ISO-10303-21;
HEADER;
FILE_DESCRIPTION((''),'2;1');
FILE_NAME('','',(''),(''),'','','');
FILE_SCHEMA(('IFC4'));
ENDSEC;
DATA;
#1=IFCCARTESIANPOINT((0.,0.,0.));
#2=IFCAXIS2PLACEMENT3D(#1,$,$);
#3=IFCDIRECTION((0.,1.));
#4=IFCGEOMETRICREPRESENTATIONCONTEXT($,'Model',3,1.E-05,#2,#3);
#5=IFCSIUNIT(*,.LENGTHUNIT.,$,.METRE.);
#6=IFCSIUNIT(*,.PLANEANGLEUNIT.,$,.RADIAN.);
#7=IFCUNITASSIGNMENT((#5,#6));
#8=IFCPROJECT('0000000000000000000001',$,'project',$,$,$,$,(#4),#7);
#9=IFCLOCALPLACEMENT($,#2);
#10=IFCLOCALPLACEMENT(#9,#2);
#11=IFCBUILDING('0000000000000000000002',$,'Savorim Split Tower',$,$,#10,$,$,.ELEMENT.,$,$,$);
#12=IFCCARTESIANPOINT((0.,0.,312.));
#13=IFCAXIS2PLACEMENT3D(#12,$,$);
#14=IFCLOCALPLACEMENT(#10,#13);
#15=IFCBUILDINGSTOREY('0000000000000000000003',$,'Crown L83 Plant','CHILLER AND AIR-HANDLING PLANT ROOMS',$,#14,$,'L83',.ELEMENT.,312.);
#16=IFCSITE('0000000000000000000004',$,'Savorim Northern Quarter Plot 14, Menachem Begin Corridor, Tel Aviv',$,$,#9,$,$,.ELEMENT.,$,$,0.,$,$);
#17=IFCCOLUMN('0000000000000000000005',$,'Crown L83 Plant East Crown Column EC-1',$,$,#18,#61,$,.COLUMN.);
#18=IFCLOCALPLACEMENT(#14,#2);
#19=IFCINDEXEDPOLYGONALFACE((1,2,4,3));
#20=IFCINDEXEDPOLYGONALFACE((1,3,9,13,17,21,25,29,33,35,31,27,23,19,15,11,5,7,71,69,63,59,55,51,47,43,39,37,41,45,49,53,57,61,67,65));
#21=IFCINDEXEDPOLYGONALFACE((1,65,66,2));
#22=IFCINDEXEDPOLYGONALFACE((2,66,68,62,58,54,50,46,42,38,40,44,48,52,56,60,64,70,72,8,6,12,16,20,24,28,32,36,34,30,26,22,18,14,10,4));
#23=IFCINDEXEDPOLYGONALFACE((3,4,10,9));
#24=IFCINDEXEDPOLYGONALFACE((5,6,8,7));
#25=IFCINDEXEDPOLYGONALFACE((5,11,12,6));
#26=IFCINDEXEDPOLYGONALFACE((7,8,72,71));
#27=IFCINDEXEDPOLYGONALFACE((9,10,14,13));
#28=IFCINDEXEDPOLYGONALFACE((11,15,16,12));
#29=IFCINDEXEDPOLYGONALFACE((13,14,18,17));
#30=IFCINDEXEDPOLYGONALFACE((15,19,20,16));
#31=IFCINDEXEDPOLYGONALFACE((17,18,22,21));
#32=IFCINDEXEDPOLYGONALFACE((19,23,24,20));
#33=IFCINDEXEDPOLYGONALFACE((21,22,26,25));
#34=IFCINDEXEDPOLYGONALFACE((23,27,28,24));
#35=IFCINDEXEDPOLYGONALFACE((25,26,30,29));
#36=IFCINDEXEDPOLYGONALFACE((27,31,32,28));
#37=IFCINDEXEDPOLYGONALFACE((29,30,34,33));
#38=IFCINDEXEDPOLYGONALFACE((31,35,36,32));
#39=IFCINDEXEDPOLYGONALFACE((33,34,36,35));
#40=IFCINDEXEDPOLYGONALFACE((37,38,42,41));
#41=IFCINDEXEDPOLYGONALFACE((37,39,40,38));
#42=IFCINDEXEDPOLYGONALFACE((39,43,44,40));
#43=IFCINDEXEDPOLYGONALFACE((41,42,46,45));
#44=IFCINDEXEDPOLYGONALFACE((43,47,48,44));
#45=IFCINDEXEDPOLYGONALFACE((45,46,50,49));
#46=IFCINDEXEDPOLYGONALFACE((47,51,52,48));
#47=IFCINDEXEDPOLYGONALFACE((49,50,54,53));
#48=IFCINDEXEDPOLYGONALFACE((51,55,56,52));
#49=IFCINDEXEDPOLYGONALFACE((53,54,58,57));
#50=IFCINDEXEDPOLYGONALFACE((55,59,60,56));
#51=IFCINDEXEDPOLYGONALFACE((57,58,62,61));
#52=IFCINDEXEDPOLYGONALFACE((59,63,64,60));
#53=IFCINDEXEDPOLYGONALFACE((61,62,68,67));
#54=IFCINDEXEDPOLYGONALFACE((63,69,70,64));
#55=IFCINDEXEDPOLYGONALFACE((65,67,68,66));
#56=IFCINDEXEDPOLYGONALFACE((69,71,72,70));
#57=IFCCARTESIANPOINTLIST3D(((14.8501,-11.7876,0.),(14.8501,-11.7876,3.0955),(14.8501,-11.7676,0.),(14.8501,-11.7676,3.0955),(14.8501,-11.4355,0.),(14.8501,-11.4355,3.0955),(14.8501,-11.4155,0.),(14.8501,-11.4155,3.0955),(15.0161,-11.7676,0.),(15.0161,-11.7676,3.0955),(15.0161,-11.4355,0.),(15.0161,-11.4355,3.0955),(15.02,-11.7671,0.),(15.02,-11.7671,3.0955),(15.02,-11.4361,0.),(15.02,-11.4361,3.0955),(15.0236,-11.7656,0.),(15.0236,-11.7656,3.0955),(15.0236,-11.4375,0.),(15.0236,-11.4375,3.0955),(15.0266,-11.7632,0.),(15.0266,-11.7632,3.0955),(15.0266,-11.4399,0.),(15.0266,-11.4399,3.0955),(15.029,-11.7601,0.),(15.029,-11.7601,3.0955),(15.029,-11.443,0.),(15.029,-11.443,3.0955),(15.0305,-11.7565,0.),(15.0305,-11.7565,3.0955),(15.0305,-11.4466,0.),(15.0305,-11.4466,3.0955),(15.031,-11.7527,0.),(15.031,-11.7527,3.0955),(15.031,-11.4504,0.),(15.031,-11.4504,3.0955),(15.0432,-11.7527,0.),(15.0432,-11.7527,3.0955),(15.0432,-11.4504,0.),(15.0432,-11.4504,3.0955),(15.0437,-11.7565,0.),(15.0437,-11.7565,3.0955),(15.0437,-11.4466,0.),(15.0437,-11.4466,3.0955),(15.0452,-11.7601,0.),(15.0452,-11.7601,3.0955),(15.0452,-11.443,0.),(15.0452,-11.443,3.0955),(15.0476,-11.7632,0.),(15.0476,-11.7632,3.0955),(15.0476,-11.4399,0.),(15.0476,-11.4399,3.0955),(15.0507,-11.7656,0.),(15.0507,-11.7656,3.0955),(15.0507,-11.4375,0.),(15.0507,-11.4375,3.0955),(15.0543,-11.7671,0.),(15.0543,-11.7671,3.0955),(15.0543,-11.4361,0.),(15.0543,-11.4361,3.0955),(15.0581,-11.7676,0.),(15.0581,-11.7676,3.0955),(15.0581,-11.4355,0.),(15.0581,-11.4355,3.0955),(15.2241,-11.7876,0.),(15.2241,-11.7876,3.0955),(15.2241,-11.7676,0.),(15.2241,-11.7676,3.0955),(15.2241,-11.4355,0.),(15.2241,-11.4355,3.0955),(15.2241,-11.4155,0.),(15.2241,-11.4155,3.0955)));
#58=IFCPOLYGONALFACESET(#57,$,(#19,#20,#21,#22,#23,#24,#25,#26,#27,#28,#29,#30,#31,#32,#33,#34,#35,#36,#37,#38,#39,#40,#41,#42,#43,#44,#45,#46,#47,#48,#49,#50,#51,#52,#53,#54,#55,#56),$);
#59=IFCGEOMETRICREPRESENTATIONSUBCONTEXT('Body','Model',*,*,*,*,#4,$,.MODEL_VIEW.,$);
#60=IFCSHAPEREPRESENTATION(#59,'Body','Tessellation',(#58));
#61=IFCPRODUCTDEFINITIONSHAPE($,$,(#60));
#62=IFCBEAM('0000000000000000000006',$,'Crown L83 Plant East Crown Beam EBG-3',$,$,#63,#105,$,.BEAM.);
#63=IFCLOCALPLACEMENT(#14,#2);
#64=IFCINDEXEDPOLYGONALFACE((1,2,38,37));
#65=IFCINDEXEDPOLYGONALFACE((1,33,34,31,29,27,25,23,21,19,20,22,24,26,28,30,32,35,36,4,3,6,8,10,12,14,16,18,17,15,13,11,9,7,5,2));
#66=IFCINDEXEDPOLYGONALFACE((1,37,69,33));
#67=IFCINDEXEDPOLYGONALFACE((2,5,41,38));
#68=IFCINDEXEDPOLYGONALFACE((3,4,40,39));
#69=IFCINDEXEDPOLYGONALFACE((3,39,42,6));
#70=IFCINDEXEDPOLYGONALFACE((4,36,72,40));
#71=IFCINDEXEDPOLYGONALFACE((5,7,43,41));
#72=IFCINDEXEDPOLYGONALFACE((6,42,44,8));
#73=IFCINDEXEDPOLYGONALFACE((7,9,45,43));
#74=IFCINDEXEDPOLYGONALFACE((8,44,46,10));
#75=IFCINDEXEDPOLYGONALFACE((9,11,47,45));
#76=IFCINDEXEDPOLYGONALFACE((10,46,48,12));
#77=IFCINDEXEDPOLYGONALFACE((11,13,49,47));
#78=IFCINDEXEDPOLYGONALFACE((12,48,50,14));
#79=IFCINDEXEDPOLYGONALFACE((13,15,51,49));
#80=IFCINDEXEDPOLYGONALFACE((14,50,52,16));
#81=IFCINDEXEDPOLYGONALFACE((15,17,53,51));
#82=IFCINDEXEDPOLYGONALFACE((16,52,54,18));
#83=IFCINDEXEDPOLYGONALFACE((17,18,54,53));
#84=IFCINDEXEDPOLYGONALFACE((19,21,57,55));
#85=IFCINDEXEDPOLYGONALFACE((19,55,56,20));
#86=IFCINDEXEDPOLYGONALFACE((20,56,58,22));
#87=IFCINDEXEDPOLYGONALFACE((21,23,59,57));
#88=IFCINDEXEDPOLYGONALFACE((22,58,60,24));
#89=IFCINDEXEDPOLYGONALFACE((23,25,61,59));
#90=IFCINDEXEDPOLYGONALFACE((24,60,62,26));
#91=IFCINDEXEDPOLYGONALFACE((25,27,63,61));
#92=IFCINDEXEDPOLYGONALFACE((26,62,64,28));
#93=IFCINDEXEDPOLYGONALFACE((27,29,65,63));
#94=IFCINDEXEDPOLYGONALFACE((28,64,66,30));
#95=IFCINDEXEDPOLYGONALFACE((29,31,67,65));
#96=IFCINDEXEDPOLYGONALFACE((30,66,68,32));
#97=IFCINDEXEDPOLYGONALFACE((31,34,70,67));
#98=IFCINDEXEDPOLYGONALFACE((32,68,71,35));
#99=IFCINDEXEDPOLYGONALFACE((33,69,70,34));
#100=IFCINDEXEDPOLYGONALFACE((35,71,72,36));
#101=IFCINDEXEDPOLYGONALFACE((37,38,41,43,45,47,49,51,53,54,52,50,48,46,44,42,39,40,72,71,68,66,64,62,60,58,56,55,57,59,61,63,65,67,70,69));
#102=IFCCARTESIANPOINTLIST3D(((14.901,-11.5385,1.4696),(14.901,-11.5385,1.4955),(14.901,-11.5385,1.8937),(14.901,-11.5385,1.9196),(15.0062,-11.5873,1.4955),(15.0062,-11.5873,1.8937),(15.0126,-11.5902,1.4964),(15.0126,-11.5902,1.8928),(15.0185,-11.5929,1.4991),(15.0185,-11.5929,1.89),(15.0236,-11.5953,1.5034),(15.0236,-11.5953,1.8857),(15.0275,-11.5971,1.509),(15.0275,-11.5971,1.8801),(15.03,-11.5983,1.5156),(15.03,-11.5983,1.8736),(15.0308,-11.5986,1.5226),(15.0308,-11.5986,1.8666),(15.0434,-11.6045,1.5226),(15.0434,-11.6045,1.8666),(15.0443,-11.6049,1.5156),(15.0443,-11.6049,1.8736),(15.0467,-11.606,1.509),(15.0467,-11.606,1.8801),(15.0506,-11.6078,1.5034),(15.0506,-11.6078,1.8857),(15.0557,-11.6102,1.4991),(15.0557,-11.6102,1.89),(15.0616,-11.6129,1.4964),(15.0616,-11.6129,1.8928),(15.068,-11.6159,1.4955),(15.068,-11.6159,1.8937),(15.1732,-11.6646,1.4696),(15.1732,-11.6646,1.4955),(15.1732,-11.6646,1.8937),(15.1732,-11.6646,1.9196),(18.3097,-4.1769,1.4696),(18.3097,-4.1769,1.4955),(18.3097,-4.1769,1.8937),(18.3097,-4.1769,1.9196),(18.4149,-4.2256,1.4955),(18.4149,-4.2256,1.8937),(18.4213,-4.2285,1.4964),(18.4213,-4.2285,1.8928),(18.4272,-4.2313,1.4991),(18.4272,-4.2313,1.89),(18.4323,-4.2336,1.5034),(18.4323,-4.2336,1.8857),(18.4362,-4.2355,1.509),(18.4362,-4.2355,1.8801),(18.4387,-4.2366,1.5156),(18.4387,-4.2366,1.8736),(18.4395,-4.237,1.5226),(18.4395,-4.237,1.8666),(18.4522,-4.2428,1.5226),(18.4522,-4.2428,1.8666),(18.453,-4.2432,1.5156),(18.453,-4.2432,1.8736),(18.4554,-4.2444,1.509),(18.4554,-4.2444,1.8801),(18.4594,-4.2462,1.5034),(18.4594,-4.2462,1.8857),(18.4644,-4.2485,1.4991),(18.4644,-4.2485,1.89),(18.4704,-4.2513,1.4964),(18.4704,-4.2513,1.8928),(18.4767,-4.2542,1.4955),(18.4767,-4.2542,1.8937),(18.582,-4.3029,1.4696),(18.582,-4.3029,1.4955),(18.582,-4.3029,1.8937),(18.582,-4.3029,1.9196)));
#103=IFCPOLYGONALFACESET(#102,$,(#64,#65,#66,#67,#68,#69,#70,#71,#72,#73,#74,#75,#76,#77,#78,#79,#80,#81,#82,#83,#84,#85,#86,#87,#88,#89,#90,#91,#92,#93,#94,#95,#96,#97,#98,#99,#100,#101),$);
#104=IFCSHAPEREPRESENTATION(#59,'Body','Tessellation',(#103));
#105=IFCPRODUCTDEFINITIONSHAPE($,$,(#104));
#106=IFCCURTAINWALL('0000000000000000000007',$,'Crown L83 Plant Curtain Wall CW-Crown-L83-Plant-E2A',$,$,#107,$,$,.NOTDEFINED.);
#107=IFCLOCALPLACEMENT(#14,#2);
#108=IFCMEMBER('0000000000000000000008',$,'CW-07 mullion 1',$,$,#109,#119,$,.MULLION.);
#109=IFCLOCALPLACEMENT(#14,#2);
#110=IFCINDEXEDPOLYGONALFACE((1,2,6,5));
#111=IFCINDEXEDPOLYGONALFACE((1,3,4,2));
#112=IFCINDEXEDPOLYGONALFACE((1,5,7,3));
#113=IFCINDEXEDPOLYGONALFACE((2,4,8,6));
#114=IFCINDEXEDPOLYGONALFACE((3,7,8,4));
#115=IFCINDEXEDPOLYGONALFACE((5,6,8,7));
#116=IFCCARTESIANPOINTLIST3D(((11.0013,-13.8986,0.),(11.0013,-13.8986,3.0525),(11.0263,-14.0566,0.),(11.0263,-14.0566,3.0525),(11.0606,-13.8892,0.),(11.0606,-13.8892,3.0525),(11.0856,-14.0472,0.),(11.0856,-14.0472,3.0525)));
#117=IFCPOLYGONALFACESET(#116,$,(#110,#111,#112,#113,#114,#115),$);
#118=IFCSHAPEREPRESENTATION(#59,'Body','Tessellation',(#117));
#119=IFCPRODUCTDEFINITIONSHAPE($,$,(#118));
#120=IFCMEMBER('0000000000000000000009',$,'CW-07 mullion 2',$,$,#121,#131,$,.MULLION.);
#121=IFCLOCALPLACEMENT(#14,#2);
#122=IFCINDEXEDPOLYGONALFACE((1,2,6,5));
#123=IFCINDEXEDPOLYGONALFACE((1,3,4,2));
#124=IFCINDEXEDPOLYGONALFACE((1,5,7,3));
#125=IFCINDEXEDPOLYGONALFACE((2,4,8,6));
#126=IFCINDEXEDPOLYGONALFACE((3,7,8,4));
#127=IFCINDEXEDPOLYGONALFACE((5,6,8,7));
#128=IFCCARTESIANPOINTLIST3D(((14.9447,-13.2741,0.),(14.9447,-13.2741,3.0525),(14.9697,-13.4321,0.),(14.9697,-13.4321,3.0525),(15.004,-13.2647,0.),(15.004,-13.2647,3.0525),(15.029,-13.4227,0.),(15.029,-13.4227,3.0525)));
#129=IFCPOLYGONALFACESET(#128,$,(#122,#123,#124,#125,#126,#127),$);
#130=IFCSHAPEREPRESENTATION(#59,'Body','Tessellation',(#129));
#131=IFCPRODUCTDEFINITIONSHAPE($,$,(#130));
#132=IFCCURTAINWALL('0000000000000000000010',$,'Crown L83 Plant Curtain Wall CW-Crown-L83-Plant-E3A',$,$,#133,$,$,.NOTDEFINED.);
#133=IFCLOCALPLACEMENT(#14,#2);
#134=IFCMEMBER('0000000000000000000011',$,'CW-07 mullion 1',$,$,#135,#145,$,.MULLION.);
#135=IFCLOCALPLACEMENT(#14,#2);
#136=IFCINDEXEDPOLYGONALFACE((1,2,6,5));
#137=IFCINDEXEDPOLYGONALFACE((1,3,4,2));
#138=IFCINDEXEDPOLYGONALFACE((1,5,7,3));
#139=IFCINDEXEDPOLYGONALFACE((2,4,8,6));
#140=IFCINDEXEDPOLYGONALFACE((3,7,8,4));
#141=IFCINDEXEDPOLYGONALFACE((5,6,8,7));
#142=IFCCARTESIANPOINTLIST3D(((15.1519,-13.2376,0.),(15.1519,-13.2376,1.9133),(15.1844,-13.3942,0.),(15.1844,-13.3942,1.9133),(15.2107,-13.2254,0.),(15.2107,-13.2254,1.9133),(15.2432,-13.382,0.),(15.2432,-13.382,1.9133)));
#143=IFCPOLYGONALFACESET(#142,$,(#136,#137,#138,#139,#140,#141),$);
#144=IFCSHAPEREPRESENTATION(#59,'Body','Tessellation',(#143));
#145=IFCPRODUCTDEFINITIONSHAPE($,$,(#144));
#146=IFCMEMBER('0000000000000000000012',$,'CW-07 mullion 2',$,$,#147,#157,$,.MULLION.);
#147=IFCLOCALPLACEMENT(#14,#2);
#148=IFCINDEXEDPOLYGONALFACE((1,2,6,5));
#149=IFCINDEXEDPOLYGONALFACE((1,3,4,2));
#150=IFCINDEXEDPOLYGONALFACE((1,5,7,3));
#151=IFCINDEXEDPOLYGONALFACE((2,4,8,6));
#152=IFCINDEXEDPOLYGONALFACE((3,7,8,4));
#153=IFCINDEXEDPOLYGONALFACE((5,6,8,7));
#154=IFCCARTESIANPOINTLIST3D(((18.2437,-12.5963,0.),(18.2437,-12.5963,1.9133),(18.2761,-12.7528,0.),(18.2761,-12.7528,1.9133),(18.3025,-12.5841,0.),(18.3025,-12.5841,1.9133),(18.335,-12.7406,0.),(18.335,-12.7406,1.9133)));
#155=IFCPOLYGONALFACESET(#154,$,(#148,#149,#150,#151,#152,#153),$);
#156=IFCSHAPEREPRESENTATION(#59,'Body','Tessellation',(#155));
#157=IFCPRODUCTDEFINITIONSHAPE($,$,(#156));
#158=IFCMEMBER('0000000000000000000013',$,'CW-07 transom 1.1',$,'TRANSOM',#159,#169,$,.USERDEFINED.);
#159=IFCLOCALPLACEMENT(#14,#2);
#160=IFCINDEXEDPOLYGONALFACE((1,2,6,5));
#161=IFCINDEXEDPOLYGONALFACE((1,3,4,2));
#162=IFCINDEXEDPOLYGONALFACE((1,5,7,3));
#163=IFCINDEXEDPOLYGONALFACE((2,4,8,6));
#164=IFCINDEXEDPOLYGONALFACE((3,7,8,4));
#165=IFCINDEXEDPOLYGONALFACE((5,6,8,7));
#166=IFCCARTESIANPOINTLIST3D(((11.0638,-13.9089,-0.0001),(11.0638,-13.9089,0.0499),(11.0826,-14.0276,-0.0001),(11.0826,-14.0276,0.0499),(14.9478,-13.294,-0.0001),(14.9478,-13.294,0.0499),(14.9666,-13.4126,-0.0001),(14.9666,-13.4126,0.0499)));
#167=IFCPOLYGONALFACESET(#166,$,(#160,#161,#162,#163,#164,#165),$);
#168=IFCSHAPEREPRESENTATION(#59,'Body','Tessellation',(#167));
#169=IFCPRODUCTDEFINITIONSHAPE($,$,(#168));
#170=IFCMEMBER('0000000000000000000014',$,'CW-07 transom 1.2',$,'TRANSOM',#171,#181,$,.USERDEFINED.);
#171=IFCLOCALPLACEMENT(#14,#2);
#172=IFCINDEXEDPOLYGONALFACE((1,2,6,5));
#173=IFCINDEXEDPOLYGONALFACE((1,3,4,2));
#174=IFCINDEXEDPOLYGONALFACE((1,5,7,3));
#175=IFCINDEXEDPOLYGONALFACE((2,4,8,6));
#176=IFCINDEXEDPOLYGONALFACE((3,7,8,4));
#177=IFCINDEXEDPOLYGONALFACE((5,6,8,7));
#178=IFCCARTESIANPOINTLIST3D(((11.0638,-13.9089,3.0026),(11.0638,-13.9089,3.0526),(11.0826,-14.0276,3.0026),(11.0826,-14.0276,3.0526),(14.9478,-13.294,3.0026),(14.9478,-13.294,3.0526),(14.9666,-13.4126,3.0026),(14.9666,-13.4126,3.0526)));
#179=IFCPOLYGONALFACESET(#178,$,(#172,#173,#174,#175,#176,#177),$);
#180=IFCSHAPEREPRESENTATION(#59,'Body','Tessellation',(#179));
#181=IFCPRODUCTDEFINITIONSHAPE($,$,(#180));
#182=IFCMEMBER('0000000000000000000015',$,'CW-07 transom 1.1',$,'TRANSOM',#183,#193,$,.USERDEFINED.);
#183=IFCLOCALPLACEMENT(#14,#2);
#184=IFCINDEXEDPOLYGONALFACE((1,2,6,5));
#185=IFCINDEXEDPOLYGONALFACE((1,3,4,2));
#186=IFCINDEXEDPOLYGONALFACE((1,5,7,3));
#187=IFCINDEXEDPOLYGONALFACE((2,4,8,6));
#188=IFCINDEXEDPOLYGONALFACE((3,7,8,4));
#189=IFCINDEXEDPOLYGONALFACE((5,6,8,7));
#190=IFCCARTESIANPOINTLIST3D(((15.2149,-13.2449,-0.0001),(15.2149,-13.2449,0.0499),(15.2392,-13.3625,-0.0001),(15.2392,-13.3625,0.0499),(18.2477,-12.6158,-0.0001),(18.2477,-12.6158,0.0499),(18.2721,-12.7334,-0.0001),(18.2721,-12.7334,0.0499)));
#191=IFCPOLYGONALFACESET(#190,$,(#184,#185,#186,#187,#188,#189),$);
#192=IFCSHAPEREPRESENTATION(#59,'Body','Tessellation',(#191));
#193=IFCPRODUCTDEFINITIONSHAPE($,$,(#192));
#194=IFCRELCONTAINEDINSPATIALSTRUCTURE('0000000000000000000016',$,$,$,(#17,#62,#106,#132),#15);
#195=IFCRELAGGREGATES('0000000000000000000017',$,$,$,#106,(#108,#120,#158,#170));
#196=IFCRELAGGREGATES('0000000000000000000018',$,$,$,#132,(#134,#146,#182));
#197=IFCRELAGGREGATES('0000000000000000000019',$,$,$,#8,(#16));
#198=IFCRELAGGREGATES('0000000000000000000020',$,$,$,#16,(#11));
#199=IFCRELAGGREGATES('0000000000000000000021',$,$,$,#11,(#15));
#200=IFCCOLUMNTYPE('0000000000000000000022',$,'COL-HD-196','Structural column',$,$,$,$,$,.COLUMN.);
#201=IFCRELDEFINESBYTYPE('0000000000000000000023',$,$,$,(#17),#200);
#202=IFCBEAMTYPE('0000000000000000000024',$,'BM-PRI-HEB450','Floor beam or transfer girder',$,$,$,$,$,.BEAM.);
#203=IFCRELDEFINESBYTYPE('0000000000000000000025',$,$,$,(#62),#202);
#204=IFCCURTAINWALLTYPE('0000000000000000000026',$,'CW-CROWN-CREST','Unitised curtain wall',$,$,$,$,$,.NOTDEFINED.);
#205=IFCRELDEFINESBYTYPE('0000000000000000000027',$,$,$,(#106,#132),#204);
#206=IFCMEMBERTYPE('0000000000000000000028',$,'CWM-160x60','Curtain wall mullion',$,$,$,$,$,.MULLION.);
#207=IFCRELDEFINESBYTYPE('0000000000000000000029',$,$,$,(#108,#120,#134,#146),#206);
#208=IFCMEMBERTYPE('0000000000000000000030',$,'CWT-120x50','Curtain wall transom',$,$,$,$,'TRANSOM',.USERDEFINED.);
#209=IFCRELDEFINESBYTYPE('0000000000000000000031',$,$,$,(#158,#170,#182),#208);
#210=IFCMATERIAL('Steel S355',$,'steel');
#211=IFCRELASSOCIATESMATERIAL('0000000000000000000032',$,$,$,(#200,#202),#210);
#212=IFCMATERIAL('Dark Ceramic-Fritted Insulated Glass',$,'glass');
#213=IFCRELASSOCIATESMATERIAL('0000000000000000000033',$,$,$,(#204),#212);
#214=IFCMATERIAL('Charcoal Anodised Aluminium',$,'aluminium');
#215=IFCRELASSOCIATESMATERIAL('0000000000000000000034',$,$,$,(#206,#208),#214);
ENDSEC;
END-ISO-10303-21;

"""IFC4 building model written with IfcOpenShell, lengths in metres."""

from ifc_helpers import new_model, si_unit, direction, frame, origin, origin_2d, place, context, subcontext, project, spatial, rectangle, i_section, extrude, material, material_profile, profile_set, type_object, element, aggregate, save


model = new_model("IFC4")

# Units and contexts
model_context = context("Model", 3, precision=1e-05, world=origin(), true_north=direction((0.0, 1.0)))
body_context = subcontext(model_context, "Body", "Model", "MODEL_VIEW")
ifc_project = project(units=[si_unit("LENGTHUNIT", "METRE"), si_unit("PLANEANGLEUNIT", "RADIAN")], contexts=[model_context])

# Site, building, storey
site_placement = place(None, origin())
site = spatial("IfcSite", under=ifc_project, at=site_placement, Name="Savorim Northern Quarter Plot 14, Menachem Begin Corridor, Tel Aviv", CompositionType="ELEMENT", RefElevation=0.0)
building_placement = place(site_placement, origin())
building = spatial("IfcBuilding", under=site, at=building_placement, Name="Savorim Split Tower", CompositionType="ELEMENT")
storey_placement = place(building_placement, frame((0.0, 0.0, 312.0)))
storey = spatial("IfcBuildingStorey", under=building, at=storey_placement, Name="Crown L83 Plant", Description="CHILLER AND AIR-HANDLING PLANT ROOMS", LongName="L83", CompositionType="ELEMENT", Elevation=312.0)

# Column
ifc_material_1 = material(Name="Steel S355", Category="steel")
ifc_material_profile_1 = material_profile(ifc_material_1, i_section(OverallWidth=0.374, OverallDepth=0.3721, WebThickness=0.0122, FlangeThickness=0.02, FilletRadius=0.0149, at=origin_2d()), Name="HD 360x196")
ifc_profile_set_1 = profile_set([ifc_material_profile_1], Name="Steel S355")
column_type = type_object("IfcColumnType", Name="COL-HD-196", Description="Structural column", PredefinedType="COLUMN", material=ifc_profile_set_1)
column_placement = place(storey_placement, frame((15.0371, -11.6016, 0.0), z_axis=(0.0, 0.0, 1.0), x_axis=(1.0, 0.0, 0.0)))
element("IfcColumn", 1, at=column_placement, inside=storey, type_object=column_type, Name="Crown L83 Plant East Crown Column EC-1", PredefinedType="COLUMN", context=body_context, shape_type="SweptSolid", body=[
    extrude(i_section(OverallWidth=0.374, OverallDepth=0.3721, WebThickness=0.0122, FlangeThickness=0.02, FilletRadius=0.0149, at=origin_2d()), origin(), (0.0, 0.0, 1.0), 3.0955),
])

# Beam
ifc_material_profile_2 = material_profile(ifc_material_1, i_section(OverallWidth=0.3, OverallDepth=0.45, WebThickness=0.0139, FlangeThickness=0.0259, FilletRadius=0.0271, at=origin_2d()), Name="HEB 450")
ifc_profile_set_2 = profile_set([ifc_material_profile_2], Name="Steel S355")
beam_type = type_object("IfcBeamType", Name="BM-PRI-HEB450", Description="Floor beam or transfer girder", PredefinedType="BEAM", material=ifc_profile_set_2)
beam_placement = place(storey_placement, frame((15.0371, -11.6016, 1.6946), z_axis=(0.42018, 0.907441, 0.0), x_axis=(-0.907441, 0.42018, 0.0)))
element("IfcBeam", 2, at=beam_placement, inside=storey, type_object=beam_type, Name="Crown L83 Plant East Crown Beam EBG-3", PredefinedType="BEAM", context=body_context, shape_type="SweptSolid", body=[
    extrude(i_section(OverallWidth=0.3, OverallDepth=0.45, WebThickness=0.0139, FlangeThickness=0.0259, FilletRadius=0.0271, at=origin_2d()), origin(), (0.0, 0.0, 1.0), 8.1125),
])

# Curtain walls, members
ifc_material_2 = material(Name="Dark Ceramic-Fritted Insulated Glass", Category="glass")
curtain_wall_type = type_object("IfcCurtainWallType", Name="CW-CROWN-CREST", Description="Unitised curtain wall", PredefinedType="NOTDEFINED", material=ifc_material_2)
curtain_wall_1_placement = place(storey_placement, origin())
curtain_wall_1 = element("IfcCurtainWall", 3, at=curtain_wall_1_placement, inside=storey, type_object=curtain_wall_type, Name="Crown L83 Plant Curtain Wall CW-Crown-L83-Plant-E2A", PredefinedType="NOTDEFINED")
ifc_material_3 = material(Name="Charcoal Anodised Aluminium", Category="aluminium")
ifc_material_profile_3 = material_profile(ifc_material_3, rectangle(XDim=0.1599, YDim=0.0601, at=origin_2d()), Name="ALU-M 160x60")
ifc_profile_set_3 = profile_set([ifc_material_profile_3], Name="Charcoal Anodised Aluminium")
member_type_1 = type_object("IfcMemberType", Name="CWM-160x60", Description="Curtain wall mullion", PredefinedType="MULLION", material=ifc_profile_set_3)
member_1_placement = place(storey_placement, frame((11.0435, -13.9729, 0.0), z_axis=(0.0, 0.0, 1.0), x_axis=(-0.156398, 0.987694, 0.0)))
member_1 = element("IfcMember", 4, at=member_1_placement, type_object=member_type_1, Name="CW-07 mullion 1", PredefinedType="MULLION", context=body_context, shape_type="SweptSolid", body=[
    extrude(rectangle(XDim=0.1599, YDim=0.0601, at=origin_2d()), origin(), (0.0, 0.0, 1.0), 3.0525),
])
member_2_placement = place(storey_placement, frame((14.9868, -13.3484, 0.0), z_axis=(0.0, 0.0, 1.0), x_axis=(-0.156398, 0.987694, 0.0)))
member_2 = element("IfcMember", 5, at=member_2_placement, type_object=member_type_1, Name="CW-07 mullion 2", PredefinedType="MULLION", context=body_context, shape_type="SweptSolid", body=[
    extrude(rectangle(XDim=0.1599, YDim=0.0601, at=origin_2d()), origin(), (0.0, 0.0, 1.0), 3.0525),
])
curtain_wall_2_placement = place(storey_placement, origin())
curtain_wall_2 = element("IfcCurtainWall", 6, at=curtain_wall_2_placement, inside=storey, type_object=curtain_wall_type, Name="Crown L83 Plant Curtain Wall CW-Crown-L83-Plant-E3A", PredefinedType="NOTDEFINED")
member_3_placement = place(storey_placement, frame((15.1975, -13.3098, 0.0), z_axis=(0.0, 0.0, 1.0), x_axis=(-0.203164, 0.979145, 0.0)))
member_3 = element("IfcMember", 7, at=member_3_placement, type_object=member_type_1, Name="CW-07 mullion 1", PredefinedType="MULLION", context=body_context, shape_type="SweptSolid", body=[
    extrude(rectangle(XDim=0.1599, YDim=0.0601, at=origin_2d()), origin(), (0.0, 0.0, 1.0), 1.9133),
])
member_4_placement = place(storey_placement, frame((18.2893, -12.6685, 0.0), z_axis=(0.0, 0.0, 1.0), x_axis=(-0.203164, 0.979145, 0.0)))
member_4 = element("IfcMember", 8, at=member_4_placement, type_object=member_type_1, Name="CW-07 mullion 2", PredefinedType="MULLION", context=body_context, shape_type="SweptSolid", body=[
    extrude(rectangle(XDim=0.1599, YDim=0.0601, at=origin_2d()), origin(), (0.0, 0.0, 1.0), 1.9133),
])

# Members
ifc_material_profile_4 = material_profile(ifc_material_3, rectangle(XDim=0.1201, YDim=0.05, at=origin_2d()), Name="ALU-T 120x50")
ifc_profile_set_4 = profile_set([ifc_material_profile_4], Name="Charcoal Anodised Aluminium")
member_type_2 = type_object("IfcMemberType", Name="CWT-120x50", Description="Curtain wall transom", ElementType="TRANSOM", PredefinedType="USERDEFINED", material=ifc_profile_set_4)
member_5_placement = place(storey_placement, frame((11.0732, -13.9683, 0.0249), z_axis=(0.987695, 0.15639, 0.0), x_axis=(-0.15639, 0.987695, 0.0)))
member_5 = element("IfcMember", 9, at=member_5_placement, type_object=member_type_2, Name="CW-07 transom 1.1", ObjectType="TRANSOM", PredefinedType="USERDEFINED", context=body_context, shape_type="SweptSolid", body=[
    extrude(rectangle(XDim=0.1201, YDim=0.05, at=origin_2d()), origin(), (0.0, 0.0, 1.0), 3.9324),
])
member_6_placement = place(storey_placement, frame((11.0732, -13.9683, 3.0276), z_axis=(0.987695, 0.15639, 0.0), x_axis=(-0.15639, 0.987695, 0.0)))
member_6 = element("IfcMember", 10, at=member_6_placement, type_object=member_type_2, Name="CW-07 transom 1.2", ObjectType="TRANSOM", PredefinedType="USERDEFINED", context=body_context, shape_type="SweptSolid", body=[
    extrude(rectangle(XDim=0.1201, YDim=0.05, at=origin_2d()), origin(), (0.0, 0.0, 1.0), 3.9324),
])
member_7_placement = place(storey_placement, frame((15.2271, -13.3037, 0.0249), z_axis=(0.979155, 0.203114, 0.0), x_axis=(-0.203114, 0.979155, 0.0)))
member_7 = element("IfcMember", 11, at=member_7_placement, type_object=member_type_2, Name="CW-07 transom 1.1", ObjectType="TRANSOM", PredefinedType="USERDEFINED", context=body_context, shape_type="SweptSolid", body=[
    extrude(rectangle(XDim=0.1201, YDim=0.05, at=origin_2d()), origin(), (0.0, 0.0, 1.0), 3.0974),
])

aggregate(curtain_wall_1, [member_1, member_2, member_5, member_6])
aggregate(curtain_wall_2, [member_3, member_4, member_7])

save(model, "model.ifc")
